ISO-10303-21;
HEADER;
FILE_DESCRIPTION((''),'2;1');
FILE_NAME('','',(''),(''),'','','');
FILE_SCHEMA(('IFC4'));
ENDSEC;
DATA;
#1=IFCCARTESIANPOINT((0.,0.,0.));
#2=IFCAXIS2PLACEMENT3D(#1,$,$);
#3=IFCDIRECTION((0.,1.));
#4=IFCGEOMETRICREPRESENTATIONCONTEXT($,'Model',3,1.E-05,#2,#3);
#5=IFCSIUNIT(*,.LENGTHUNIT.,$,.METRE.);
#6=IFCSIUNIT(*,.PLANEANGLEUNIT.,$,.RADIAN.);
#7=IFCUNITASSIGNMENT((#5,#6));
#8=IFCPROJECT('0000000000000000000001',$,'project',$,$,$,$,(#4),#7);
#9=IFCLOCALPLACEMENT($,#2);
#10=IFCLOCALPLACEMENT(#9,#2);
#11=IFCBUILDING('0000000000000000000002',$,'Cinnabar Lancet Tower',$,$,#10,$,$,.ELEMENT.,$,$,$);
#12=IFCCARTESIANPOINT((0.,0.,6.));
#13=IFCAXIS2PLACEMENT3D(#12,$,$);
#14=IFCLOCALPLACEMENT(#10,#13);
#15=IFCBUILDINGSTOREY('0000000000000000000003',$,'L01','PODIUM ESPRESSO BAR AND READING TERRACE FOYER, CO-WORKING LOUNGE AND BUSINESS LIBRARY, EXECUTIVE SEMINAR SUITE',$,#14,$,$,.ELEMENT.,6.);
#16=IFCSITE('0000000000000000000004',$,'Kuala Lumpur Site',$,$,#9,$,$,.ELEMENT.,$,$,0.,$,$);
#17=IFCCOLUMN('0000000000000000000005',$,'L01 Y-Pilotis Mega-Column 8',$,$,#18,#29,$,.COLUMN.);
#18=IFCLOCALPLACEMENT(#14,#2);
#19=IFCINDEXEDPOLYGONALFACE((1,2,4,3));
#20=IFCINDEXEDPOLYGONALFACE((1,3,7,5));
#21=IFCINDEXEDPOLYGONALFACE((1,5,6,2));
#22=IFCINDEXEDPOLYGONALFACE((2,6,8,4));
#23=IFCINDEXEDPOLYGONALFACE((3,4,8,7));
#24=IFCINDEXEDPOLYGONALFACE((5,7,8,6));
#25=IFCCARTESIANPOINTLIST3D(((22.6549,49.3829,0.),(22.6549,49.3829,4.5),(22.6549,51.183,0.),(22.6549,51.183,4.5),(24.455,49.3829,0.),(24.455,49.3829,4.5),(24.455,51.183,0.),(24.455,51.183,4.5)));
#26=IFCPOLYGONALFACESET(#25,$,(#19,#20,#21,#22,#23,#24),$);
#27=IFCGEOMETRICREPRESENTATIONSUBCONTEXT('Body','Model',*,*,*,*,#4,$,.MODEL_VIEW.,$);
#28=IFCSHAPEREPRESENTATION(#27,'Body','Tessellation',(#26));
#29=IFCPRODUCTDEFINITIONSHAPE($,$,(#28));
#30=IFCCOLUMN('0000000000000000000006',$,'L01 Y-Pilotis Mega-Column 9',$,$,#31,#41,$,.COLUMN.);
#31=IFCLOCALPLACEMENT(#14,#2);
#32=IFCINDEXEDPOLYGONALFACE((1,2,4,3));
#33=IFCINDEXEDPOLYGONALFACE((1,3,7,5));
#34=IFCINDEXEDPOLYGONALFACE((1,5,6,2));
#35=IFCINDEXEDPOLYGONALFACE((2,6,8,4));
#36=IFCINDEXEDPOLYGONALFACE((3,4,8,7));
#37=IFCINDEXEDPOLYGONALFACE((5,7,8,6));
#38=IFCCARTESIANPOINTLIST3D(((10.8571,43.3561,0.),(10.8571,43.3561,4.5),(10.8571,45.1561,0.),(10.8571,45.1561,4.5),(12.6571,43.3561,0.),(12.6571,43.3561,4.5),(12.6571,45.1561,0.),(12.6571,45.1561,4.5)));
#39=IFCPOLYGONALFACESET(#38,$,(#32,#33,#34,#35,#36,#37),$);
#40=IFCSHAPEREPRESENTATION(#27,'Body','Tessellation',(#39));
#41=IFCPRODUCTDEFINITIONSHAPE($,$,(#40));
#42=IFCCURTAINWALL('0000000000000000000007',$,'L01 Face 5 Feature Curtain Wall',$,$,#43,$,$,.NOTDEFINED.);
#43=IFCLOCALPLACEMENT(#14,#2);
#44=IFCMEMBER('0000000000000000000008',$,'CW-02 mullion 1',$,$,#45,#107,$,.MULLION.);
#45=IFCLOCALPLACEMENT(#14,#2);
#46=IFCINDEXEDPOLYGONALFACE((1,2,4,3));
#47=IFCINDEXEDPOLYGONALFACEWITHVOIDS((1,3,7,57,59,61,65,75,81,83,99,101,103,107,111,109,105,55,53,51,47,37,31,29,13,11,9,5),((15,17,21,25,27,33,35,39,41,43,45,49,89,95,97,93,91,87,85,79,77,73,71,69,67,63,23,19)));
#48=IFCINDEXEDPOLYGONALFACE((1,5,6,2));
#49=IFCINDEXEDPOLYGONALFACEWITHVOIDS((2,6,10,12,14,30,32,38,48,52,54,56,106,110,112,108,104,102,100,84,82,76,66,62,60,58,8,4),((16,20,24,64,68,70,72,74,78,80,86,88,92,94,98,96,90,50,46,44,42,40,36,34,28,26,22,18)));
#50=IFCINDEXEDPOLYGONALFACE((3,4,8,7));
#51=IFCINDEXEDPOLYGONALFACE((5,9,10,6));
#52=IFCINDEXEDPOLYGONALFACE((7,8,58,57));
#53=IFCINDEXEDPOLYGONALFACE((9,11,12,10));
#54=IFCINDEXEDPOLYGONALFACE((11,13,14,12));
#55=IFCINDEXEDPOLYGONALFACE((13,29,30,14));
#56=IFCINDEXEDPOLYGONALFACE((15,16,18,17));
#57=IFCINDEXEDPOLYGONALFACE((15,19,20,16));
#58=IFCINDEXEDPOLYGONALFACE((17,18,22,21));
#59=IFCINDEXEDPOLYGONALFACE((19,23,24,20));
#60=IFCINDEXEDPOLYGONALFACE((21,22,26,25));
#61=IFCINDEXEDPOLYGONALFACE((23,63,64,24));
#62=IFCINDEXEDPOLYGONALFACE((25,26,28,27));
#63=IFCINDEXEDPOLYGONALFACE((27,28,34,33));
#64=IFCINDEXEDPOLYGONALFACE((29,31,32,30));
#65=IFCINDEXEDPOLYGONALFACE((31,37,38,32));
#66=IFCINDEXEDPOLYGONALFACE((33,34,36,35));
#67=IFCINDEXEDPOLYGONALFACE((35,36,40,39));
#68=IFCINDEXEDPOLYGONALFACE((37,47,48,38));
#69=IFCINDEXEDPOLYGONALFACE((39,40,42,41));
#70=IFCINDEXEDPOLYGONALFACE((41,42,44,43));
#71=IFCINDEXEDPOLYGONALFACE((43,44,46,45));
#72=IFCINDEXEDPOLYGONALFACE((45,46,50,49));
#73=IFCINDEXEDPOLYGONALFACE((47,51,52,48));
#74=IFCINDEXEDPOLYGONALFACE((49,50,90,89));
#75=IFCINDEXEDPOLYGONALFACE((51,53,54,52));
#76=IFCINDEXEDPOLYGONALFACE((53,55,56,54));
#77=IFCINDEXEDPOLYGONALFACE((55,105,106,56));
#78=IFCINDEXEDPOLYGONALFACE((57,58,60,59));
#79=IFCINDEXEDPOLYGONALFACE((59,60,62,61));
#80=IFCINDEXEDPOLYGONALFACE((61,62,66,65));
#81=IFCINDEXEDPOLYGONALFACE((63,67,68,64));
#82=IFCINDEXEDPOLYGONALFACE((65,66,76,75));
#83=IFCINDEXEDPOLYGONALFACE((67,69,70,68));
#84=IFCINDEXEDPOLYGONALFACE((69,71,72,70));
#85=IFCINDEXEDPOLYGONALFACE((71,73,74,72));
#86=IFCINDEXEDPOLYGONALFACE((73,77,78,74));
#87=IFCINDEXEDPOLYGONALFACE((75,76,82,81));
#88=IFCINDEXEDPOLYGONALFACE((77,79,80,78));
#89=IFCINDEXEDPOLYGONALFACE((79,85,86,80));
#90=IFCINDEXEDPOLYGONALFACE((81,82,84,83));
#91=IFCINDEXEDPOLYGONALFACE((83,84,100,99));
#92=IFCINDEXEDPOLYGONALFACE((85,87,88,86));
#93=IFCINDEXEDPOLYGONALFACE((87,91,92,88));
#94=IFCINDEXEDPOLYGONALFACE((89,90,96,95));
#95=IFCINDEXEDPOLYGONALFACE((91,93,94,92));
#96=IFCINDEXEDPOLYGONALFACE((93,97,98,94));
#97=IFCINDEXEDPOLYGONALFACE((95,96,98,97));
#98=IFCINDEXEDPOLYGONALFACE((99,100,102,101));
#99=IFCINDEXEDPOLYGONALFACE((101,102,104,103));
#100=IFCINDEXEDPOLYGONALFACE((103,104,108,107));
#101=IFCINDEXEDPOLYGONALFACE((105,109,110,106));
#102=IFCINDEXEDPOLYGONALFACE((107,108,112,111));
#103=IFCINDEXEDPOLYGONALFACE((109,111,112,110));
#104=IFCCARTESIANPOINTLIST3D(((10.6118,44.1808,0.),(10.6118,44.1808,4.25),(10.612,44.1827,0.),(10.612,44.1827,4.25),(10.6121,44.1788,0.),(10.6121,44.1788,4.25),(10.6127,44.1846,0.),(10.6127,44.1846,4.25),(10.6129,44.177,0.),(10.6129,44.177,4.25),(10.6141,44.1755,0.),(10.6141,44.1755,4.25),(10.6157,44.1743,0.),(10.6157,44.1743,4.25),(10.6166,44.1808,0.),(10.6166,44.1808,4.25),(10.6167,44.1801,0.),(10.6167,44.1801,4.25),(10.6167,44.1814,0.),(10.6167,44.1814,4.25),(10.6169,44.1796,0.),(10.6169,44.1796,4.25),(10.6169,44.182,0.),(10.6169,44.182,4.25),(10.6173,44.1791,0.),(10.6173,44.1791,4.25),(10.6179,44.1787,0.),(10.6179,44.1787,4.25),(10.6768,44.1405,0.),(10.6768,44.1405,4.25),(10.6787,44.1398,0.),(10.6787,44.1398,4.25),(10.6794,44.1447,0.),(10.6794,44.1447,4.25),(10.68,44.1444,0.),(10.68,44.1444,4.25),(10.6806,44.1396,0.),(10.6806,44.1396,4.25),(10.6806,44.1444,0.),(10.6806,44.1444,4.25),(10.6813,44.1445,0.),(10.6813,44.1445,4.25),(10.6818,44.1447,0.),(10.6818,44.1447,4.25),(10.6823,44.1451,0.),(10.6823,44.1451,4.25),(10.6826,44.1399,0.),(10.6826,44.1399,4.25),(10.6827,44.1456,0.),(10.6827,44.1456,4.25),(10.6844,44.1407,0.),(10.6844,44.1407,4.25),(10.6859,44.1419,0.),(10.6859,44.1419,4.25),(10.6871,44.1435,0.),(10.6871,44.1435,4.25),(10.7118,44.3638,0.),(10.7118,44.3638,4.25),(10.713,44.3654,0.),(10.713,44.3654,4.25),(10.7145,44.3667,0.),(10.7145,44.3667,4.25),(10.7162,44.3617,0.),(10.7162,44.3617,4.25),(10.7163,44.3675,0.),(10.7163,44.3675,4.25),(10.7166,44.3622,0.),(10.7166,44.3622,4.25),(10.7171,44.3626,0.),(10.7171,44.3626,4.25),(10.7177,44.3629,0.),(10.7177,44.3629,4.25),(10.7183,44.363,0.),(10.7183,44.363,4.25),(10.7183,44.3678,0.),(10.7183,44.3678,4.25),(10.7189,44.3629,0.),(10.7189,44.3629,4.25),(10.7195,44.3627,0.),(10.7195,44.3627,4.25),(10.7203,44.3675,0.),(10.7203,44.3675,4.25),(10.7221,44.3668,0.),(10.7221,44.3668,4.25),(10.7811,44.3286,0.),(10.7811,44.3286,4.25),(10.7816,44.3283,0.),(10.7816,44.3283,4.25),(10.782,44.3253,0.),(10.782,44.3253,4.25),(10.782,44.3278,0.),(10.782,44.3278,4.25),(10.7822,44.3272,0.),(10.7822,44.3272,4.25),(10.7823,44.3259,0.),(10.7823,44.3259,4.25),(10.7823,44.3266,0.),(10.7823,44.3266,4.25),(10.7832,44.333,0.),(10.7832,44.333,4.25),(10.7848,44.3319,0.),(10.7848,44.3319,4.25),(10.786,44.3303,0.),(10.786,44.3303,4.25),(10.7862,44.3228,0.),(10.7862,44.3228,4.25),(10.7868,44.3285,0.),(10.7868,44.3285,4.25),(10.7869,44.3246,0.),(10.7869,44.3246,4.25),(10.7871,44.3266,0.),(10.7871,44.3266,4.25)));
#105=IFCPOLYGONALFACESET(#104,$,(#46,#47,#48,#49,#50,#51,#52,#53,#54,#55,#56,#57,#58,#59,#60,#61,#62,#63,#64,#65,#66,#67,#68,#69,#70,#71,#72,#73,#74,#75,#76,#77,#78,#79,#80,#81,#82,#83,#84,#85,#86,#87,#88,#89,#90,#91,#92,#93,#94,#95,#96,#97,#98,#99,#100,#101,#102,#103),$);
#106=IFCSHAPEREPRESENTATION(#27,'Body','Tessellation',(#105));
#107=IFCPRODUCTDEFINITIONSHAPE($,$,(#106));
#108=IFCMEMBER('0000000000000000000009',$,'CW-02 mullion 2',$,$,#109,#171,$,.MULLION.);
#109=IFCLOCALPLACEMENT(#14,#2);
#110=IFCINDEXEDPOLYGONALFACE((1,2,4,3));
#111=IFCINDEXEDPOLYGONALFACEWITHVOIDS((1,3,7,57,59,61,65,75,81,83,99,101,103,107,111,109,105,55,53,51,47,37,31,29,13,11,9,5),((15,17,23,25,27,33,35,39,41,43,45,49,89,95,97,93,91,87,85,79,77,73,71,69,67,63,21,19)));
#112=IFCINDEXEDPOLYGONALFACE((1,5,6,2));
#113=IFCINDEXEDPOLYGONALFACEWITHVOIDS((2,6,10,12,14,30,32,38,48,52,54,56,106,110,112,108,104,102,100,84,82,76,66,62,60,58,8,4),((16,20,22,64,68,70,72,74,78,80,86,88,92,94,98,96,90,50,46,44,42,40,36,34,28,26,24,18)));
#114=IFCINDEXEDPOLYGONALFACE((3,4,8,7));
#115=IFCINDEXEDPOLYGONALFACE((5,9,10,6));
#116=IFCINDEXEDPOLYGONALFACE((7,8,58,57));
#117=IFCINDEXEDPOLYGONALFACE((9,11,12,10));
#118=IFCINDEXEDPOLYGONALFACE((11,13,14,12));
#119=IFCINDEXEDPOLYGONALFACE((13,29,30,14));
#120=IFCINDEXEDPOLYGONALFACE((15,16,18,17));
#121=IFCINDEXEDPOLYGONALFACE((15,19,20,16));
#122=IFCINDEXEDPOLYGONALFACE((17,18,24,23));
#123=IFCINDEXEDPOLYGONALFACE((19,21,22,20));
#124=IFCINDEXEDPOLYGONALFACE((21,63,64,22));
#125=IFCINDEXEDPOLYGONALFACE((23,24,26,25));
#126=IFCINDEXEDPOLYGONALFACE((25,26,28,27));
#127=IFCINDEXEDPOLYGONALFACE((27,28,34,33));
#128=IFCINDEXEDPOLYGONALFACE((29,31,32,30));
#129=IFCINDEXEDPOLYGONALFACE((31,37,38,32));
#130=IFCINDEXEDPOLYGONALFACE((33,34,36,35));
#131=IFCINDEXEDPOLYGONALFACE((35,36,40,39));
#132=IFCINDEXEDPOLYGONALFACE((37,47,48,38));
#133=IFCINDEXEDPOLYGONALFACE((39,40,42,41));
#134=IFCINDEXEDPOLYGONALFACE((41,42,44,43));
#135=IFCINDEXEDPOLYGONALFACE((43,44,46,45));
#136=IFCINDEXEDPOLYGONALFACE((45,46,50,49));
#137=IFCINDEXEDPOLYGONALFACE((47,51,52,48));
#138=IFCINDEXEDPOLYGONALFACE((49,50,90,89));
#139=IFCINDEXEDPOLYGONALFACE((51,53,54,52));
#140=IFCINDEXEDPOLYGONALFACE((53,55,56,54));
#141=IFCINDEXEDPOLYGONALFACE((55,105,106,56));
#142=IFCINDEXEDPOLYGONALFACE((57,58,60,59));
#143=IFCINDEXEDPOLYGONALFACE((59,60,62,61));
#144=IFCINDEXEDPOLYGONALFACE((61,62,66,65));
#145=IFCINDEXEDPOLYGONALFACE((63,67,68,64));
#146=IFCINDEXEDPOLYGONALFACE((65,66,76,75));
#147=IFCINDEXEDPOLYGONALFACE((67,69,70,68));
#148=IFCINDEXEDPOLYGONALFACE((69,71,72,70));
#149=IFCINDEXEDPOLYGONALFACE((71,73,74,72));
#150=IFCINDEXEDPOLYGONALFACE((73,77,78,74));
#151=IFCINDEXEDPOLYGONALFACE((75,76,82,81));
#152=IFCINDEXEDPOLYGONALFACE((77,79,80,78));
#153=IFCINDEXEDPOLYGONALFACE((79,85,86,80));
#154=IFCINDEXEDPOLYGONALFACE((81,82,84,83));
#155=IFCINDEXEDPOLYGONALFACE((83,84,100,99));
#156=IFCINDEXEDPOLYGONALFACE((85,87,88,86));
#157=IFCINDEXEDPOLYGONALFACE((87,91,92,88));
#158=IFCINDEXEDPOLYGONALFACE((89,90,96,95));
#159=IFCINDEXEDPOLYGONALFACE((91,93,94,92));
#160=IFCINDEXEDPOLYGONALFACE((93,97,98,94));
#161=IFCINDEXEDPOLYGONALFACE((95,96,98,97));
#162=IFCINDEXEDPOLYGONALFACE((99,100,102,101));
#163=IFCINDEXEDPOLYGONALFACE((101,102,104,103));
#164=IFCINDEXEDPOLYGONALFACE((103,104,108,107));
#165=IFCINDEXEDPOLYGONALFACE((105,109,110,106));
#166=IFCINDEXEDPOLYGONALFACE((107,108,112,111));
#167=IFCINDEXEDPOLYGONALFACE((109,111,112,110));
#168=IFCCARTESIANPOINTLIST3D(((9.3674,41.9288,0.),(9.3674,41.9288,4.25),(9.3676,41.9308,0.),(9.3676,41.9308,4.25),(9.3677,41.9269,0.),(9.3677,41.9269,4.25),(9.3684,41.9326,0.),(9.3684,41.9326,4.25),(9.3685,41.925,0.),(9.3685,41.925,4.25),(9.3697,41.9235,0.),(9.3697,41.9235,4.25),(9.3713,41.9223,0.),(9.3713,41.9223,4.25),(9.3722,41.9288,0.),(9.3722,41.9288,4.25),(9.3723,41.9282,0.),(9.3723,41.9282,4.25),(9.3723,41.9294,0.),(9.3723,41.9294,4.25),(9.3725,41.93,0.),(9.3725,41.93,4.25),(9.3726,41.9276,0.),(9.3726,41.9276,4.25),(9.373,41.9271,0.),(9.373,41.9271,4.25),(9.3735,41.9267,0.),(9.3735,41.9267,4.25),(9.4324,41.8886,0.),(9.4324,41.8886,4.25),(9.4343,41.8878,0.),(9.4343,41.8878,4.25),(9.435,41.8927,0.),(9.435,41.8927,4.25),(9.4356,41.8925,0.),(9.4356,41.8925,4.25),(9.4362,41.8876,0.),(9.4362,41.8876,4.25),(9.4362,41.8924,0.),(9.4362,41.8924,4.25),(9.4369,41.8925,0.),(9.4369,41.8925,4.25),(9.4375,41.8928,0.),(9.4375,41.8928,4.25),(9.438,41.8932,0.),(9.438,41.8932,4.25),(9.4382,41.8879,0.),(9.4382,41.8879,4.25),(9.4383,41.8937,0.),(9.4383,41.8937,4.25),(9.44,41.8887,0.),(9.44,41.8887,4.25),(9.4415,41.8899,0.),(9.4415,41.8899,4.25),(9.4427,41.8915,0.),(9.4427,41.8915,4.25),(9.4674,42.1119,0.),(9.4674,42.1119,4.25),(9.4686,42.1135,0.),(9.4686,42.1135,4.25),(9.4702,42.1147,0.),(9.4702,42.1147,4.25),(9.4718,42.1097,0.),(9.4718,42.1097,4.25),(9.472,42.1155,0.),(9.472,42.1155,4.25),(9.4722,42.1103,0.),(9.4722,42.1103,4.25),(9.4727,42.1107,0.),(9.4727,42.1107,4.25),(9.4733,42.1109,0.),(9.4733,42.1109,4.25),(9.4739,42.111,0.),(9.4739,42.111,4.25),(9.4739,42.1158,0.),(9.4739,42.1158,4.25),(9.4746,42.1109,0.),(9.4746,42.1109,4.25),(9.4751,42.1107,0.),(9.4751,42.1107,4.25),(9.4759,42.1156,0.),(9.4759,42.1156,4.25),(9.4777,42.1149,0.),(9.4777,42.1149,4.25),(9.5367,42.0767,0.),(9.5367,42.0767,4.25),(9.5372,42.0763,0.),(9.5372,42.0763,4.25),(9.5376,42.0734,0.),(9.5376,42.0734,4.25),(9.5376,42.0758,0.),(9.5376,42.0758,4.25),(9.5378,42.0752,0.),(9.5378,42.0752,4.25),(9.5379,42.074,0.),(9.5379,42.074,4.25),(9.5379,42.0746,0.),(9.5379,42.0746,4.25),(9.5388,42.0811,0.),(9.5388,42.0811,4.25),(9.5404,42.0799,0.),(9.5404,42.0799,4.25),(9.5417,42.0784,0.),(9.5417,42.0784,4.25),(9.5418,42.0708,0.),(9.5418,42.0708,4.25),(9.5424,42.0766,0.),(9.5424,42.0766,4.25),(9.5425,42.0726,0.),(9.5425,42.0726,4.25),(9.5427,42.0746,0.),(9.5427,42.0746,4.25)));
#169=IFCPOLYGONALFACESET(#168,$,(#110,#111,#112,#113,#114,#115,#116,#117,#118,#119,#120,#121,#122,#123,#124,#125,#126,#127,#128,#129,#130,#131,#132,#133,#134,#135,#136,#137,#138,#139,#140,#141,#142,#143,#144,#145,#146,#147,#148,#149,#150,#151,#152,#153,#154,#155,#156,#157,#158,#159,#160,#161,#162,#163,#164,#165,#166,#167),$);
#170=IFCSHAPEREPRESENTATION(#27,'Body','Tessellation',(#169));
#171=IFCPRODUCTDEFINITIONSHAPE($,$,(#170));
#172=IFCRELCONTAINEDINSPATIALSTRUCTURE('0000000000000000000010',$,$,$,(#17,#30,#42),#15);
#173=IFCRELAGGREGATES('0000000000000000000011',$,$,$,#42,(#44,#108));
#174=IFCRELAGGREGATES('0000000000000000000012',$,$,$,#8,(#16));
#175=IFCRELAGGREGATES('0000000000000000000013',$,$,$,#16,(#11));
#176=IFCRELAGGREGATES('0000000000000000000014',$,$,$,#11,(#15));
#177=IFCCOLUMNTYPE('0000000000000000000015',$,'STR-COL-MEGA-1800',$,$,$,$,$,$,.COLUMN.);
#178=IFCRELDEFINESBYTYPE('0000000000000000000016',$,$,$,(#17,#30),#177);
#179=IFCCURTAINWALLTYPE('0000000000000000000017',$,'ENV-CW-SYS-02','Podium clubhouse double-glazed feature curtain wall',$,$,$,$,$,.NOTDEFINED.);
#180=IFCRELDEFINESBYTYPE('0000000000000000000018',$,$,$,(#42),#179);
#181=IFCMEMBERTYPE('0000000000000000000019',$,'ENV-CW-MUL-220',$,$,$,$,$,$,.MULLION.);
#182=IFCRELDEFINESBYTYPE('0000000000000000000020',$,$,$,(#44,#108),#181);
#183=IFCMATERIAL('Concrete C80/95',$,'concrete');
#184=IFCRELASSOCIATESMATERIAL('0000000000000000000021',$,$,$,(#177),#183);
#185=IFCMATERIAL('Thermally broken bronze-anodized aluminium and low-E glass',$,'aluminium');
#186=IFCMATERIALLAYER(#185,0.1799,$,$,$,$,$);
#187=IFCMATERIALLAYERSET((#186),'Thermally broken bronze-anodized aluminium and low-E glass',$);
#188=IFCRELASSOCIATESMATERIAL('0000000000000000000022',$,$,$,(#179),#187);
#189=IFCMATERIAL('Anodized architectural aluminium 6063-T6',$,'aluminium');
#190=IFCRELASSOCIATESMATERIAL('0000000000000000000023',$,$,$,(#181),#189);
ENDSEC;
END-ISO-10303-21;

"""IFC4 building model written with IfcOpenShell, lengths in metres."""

from ifc_helpers import new_model, si_unit, direction, frame, origin, origin_2d, place, context, subcontext, project, spatial, rectangle, hollow_rectangle, extrude, material, layer, layer_set, material_profile, profile_set, type_object, element, aggregate, save


model = new_model("IFC4")

# Units and contexts
model_context = context("Model", 3, precision=1e-05, world=origin(), true_north=direction((0.0, 1.0)))
body_context = subcontext(model_context, "Body", "Model", "MODEL_VIEW")
ifc_project = project(units=[si_unit("LENGTHUNIT", "METRE"), si_unit("PLANEANGLEUNIT", "RADIAN")], contexts=[model_context])

# Site, building, storey
site_placement = place(None, origin())
site = spatial("IfcSite", under=ifc_project, at=site_placement, Name="Kuala Lumpur Site", CompositionType="ELEMENT", RefElevation=0.0)
building_placement = place(site_placement, origin())
building = spatial("IfcBuilding", under=site, at=building_placement, Name="Cinnabar Lancet Tower", CompositionType="ELEMENT")
storey_placement = place(building_placement, frame((0.0, 0.0, 6.0)))
storey = spatial("IfcBuildingStorey", under=building, at=storey_placement, Name="L01", Description="PODIUM ESPRESSO BAR AND READING TERRACE FOYER, CO-WORKING LOUNGE AND BUSINESS LIBRARY, EXECUTIVE SEMINAR SUITE", CompositionType="ELEMENT", Elevation=6.0)

# Columns
ifc_material_1 = material(Name="Concrete C80/95", Category="concrete")
ifc_material_profile_1 = material_profile(ifc_material_1, rectangle(XDim=1.8, YDim=1.8, at=origin_2d()), Name="RC-MEGA 1800x1800")
ifc_profile_set_1 = profile_set([ifc_material_profile_1], Name="Concrete C80/95")
column_type = type_object("IfcColumnType", Name="STR-COL-MEGA-1800", PredefinedType="COLUMN", material=ifc_profile_set_1)
for number, where, z_axis, x_axis, name in (
    (1, (23.5549, 50.283, 0.0), (0.0, 0.0, 1.0), (1.0, 0.0, 0.0), "L01 Y-Pilotis Mega-Column 8"),
    (2, (11.7571, 44.2561, 0.0), (0.0, 0.0, 1.0), (1.0, 0.0, 0.0), "L01 Y-Pilotis Mega-Column 9"),
):
    element("IfcColumn", number, at=place(storey_placement, frame(where, z_axis=z_axis, x_axis=x_axis)), inside=storey, type_object=column_type, Name=name, PredefinedType="COLUMN", context=body_context, shape_type="SweptSolid", body=[
        extrude(rectangle(XDim=1.8, YDim=1.8, at=origin_2d()), origin(), (0.0, 0.0, 1.0), 4.5),
    ])

# Curtain wall, members
ifc_material_2 = material(Name="Thermally broken bronze-anodized aluminium and low-E glass", Category="aluminium")
ifc_layer_1 = layer(ifc_material_2, 0.1799)
ifc_layer_set_1 = layer_set([ifc_layer_1], Name="Thermally broken bronze-anodized aluminium and low-E glass")
curtain_wall_type = type_object("IfcCurtainWallType", Name="ENV-CW-SYS-02", Description="Podium clubhouse double-glazed feature curtain wall", PredefinedType="NOTDEFINED", material=ifc_layer_set_1)
curtain_wall_placement = place(storey_placement, origin())
curtain_wall = element("IfcCurtainWall", 3, at=curtain_wall_placement, inside=storey, type_object=curtain_wall_type, Name="L01 Face 5 Feature Curtain Wall", PredefinedType="NOTDEFINED")
ifc_material_3 = material(Name="Anodized architectural aluminium 6063-T6", Category="aluminium")
ifc_material_profile_2 = material_profile(ifc_material_3, hollow_rectangle(XDim=0.085, YDim=0.22, WallThickness=0.0049, InnerFilletRadius=0.0024, OuterFilletRadius=0.0076, at=origin_2d()), Name="CW-MUL 220x85x5")
ifc_profile_set_2 = profile_set([ifc_material_profile_2], Name="Anodized architectural aluminium 6063-T6")
member_type_1 = type_object("IfcMemberType", Name="ENV-CW-MUL-220", PredefinedType="MULLION", material=ifc_profile_set_2)
member_1_placement = place(storey_placement, frame((10.6995, 44.2537, 0.0), z_axis=(0.0, 0.0, 1.0), x_axis=(0.875242, -0.483685, 0.0)))
member_1 = element("IfcMember", 4, at=member_1_placement, type_object=member_type_1, Name="CW-02 mullion 1", PredefinedType="MULLION", context=body_context, shape_type="SweptSolid", body=[
    extrude(hollow_rectangle(XDim=0.085, YDim=0.22, WallThickness=0.0049, InnerFilletRadius=0.0024, OuterFilletRadius=0.0076, at=origin_2d()), origin(), (0.0, 0.0, 1.0), 4.25),
])
member_2_placement = place(storey_placement, frame((9.4551, 42.0017, 0.0), z_axis=(0.0, 0.0, 1.0), x_axis=(0.875242, -0.483685, 0.0)))
member_2 = element("IfcMember", 5, at=member_2_placement, type_object=member_type_1, Name="CW-02 mullion 2", PredefinedType="MULLION", context=body_context, shape_type="SweptSolid", body=[
    extrude(hollow_rectangle(XDim=0.085, YDim=0.22, WallThickness=0.0049, InnerFilletRadius=0.0024, OuterFilletRadius=0.0076, at=origin_2d()), origin(), (0.0, 0.0, 1.0), 4.25),
])

aggregate(curtain_wall, [member_1, member_2])

save(model, "model.ifc")
